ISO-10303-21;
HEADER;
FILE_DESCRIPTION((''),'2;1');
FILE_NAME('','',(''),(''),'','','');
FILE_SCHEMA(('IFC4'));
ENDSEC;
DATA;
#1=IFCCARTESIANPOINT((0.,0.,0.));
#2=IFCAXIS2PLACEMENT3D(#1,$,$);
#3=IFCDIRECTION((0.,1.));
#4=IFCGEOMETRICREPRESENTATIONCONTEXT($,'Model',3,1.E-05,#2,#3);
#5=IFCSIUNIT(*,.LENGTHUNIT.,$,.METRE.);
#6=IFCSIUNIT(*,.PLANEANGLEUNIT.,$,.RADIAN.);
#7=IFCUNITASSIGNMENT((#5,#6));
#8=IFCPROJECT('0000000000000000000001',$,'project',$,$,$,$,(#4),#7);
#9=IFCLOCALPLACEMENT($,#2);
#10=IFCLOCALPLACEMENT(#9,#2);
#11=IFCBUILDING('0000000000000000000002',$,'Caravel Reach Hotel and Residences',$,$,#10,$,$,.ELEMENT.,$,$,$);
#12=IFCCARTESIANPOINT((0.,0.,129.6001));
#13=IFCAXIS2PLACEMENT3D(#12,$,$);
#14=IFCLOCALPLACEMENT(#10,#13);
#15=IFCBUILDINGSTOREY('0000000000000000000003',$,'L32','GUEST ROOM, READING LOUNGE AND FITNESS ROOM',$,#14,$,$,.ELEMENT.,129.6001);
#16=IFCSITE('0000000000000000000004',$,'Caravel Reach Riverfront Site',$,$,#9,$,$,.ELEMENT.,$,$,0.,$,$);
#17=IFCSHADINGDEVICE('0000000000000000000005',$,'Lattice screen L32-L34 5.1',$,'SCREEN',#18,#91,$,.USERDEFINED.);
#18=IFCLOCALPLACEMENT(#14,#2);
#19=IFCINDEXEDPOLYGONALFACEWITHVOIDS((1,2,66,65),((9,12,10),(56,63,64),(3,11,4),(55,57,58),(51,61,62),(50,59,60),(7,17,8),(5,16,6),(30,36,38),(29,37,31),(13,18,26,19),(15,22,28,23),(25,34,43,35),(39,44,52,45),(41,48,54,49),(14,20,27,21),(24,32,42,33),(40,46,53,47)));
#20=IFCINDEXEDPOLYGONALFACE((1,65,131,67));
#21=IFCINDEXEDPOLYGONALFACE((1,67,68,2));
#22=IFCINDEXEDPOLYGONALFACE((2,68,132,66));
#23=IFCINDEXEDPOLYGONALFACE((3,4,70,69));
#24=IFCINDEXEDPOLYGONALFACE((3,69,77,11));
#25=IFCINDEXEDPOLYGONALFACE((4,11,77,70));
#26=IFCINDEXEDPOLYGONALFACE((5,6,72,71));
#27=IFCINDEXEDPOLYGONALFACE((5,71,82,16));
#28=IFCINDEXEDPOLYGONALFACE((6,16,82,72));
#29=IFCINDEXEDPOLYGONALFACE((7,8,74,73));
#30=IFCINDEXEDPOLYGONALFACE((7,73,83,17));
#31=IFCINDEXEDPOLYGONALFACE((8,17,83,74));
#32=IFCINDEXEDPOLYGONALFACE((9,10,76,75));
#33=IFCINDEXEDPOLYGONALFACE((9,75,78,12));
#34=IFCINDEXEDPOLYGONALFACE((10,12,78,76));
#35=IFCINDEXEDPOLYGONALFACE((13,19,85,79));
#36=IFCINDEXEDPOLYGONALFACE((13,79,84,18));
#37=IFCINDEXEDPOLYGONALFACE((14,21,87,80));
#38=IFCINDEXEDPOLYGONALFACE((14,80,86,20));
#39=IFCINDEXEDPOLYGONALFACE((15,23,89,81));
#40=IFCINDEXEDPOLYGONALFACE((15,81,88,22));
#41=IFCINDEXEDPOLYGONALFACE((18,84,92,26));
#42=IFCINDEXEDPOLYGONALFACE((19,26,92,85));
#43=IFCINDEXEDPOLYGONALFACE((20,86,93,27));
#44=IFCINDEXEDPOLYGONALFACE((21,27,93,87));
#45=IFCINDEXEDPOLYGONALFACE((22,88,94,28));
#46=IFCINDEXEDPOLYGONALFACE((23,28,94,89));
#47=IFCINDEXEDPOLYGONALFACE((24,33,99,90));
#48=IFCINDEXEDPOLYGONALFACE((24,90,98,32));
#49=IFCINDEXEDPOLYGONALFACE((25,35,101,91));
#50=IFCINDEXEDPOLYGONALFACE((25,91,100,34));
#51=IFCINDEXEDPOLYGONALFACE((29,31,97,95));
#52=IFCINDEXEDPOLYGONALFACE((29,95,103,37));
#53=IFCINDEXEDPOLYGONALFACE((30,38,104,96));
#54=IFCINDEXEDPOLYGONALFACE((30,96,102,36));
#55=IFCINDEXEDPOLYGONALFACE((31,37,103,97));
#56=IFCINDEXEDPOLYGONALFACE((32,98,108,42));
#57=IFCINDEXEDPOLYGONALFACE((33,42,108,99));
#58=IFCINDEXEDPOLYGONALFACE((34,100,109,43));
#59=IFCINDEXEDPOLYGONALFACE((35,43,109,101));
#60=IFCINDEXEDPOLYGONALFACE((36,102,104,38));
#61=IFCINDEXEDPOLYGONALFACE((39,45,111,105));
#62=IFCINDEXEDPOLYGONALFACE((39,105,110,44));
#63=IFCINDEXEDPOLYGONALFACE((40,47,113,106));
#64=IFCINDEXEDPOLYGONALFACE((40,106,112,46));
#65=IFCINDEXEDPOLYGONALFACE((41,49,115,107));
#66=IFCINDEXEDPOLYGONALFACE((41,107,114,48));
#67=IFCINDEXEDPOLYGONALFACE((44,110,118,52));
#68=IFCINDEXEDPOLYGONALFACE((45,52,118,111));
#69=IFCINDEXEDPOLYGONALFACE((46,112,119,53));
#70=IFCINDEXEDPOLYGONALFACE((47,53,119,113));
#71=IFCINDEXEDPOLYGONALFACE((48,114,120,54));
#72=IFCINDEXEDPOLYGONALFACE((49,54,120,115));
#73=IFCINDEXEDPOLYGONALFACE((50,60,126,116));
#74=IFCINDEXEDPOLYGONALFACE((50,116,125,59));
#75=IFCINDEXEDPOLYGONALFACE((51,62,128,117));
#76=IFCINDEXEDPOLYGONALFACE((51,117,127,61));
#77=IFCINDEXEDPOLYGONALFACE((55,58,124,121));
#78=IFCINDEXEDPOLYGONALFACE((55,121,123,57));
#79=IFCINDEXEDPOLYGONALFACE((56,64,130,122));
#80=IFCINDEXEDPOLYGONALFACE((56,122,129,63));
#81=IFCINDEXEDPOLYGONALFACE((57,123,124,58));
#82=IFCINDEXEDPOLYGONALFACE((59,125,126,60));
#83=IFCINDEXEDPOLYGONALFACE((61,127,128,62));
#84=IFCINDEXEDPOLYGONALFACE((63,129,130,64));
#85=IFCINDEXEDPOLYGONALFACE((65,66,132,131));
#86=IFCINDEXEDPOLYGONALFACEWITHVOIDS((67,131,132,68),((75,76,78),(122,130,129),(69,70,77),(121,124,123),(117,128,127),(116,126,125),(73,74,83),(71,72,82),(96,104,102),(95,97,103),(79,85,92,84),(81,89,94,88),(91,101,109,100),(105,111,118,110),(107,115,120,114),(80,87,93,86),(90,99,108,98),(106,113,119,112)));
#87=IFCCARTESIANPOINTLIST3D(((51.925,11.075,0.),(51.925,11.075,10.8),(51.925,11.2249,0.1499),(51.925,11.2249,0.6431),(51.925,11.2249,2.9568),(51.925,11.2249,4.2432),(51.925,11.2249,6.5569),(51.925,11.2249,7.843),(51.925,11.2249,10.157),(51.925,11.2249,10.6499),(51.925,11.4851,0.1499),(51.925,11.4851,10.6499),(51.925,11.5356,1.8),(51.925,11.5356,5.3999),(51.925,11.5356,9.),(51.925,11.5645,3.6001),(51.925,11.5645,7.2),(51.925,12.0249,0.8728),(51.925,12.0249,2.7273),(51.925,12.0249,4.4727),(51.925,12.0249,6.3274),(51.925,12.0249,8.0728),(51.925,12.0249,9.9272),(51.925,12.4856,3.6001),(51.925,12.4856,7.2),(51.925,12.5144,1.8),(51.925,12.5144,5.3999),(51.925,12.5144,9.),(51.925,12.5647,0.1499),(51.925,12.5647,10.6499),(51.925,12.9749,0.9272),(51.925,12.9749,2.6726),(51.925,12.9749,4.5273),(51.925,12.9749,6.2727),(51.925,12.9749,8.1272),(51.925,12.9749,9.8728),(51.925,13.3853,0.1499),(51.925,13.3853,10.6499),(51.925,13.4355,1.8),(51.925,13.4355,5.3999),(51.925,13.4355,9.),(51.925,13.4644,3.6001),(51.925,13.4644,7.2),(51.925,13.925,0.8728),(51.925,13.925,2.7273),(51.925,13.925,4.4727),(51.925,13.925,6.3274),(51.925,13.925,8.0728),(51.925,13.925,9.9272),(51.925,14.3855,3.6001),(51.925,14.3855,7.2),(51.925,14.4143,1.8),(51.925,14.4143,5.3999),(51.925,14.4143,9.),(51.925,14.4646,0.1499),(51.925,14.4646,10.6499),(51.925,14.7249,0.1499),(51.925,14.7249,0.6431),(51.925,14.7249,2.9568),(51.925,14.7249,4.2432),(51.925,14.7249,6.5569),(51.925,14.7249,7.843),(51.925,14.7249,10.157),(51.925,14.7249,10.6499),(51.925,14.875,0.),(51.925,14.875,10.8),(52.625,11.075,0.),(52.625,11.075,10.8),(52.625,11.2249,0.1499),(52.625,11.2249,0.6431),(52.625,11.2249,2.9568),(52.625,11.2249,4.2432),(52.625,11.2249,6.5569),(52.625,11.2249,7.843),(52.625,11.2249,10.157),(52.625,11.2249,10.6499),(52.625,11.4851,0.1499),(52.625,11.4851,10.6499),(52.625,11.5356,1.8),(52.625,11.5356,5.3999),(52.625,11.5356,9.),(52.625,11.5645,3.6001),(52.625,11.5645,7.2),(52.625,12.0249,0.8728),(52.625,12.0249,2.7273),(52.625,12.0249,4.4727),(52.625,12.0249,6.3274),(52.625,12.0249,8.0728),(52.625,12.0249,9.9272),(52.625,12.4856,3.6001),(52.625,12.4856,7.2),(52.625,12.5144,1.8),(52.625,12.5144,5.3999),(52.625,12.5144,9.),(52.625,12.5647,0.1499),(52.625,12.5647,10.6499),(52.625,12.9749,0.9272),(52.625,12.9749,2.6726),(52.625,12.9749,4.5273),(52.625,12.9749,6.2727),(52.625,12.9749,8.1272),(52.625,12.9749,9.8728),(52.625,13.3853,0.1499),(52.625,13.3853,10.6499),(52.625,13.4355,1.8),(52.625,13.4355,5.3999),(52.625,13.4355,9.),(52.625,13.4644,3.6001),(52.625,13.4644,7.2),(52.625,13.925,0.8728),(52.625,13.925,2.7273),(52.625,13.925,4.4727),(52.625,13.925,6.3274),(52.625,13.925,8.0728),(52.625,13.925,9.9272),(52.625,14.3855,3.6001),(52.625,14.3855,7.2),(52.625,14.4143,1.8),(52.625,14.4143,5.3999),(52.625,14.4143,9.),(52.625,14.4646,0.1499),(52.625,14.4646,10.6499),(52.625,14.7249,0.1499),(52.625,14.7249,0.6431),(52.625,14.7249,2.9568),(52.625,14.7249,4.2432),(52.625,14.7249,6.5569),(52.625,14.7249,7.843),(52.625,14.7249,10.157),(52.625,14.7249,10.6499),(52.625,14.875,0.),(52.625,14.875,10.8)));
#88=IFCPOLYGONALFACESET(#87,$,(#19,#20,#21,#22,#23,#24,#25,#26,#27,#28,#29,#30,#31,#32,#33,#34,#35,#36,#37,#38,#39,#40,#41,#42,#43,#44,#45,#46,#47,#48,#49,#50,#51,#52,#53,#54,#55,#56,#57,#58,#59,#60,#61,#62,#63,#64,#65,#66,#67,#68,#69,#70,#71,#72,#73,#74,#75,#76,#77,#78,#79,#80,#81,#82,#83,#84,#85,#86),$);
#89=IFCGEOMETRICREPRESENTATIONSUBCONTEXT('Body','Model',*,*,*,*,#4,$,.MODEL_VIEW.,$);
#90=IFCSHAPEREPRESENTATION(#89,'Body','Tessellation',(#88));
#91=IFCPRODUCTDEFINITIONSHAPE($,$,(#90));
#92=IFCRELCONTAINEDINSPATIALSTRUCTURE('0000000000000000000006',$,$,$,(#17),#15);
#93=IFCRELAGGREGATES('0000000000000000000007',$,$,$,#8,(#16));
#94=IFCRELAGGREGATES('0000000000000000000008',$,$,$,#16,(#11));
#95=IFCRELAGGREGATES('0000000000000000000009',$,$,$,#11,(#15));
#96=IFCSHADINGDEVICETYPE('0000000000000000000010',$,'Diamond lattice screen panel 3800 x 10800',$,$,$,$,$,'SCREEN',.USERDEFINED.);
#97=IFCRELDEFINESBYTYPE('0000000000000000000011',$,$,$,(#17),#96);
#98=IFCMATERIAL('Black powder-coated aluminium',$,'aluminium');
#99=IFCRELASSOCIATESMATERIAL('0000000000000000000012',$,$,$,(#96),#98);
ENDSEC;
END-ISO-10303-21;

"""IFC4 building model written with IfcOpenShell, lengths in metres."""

from ifc_helpers import new_model, si_unit, direction, frame, origin, place, context, subcontext, project, spatial, polyline, outline, extrude, material, type_object, element, save


model = new_model("IFC4")

# Units and contexts
model_context = context("Model", 3, precision=1e-05, world=origin(), true_north=direction((0.0, 1.0)))
body_context = subcontext(model_context, "Body", "Model", "MODEL_VIEW")
ifc_project = project(units=[si_unit("LENGTHUNIT", "METRE"), si_unit("PLANEANGLEUNIT", "RADIAN")], contexts=[model_context])

# Site, building, storey
site_placement = place(None, origin())
site = spatial("IfcSite", under=ifc_project, at=site_placement, Name="Caravel Reach Riverfront Site", CompositionType="ELEMENT", RefElevation=0.0)
building_placement = place(site_placement, origin())
building = spatial("IfcBuilding", under=site, at=building_placement, Name="Caravel Reach Hotel and Residences", CompositionType="ELEMENT")
storey_placement = place(building_placement, frame((0.0, 0.0, 129.6001)))
storey = spatial("IfcBuildingStorey", under=building, at=storey_placement, Name="L32", Description="GUEST ROOM, READING LOUNGE AND FITNESS ROOM", CompositionType="ELEMENT", Elevation=129.6001)

# Shading device
ifc_material_1 = material(Name="Black powder-coated aluminium", Category="aluminium")
shading_device_type_1 = type_object("IfcShadingDeviceType", Name="Diamond lattice screen panel 3800 x 10800", ElementType="SCREEN", PredefinedType="USERDEFINED", material=ifc_material_1)
shading_device_1_placement = place(storey_placement, frame((51.925, 11.075, 0.0), z_axis=(1.0, 0.0, 0.0), x_axis=(0.0, 1.0, 0.0)))
element("IfcShadingDevice", 1, at=shading_device_1_placement, inside=storey, type_object=shading_device_type_1, Name="Lattice screen L32-L34 5.1", ObjectType="SCREEN", PredefinedType="USERDEFINED", context=body_context, shape_type="SweptSolid", body=[
    extrude(outline(polyline([(0.0, 0.0), (3.8, 0.0), (3.8, 10.8), (0.0, 10.8), (0.0, 0.0)]), holes=[polyline([(0.4102, 0.1499), (0.1499, 0.6431), (0.1499, 0.1499), (0.4102, 0.1499)]), polyline([(0.4895, 3.6001), (0.1499, 4.2432), (0.1499, 2.9568), (0.4895, 3.6001)]), polyline([(0.4895, 7.2), (0.1499, 7.843), (0.1499, 6.5569), (0.4895, 7.2)]), polyline([(0.1499, 10.157), (0.4102, 10.6499), (0.1499, 10.6499), (0.1499, 10.157)]), polyline([(0.95, 2.7273), (0.4607, 1.8), (0.95, 0.8728), (1.4395, 1.8), (0.95, 2.7273)]), polyline([(0.95, 6.3274), (0.4607, 5.3999), (0.95, 4.4727), (1.4395, 5.3999), (0.95, 6.3274)]), polyline([(0.95, 9.9272), (0.4607, 9.0), (0.95, 8.0728), (1.4395, 9.0), (0.95, 9.9272)]), polyline([(1.8999, 0.9272), (1.4897, 0.1499), (2.3103, 0.1499), (1.8999, 0.9272)]), polyline([(1.8999, 4.5273), (1.4106, 3.6001), (1.8999, 2.6726), (2.3894, 3.6001), (1.8999, 4.5273)]), polyline([(1.8999, 8.1272), (1.4106, 7.2), (1.8999, 6.2727), (2.3894, 7.2), (1.8999, 8.1272)]), polyline([(1.8999, 9.8728), (2.3103, 10.6499), (1.4897, 10.6499), (1.8999, 9.8728)]), polyline([(2.8501, 2.7273), (2.3606, 1.8), (2.8501, 0.8728), (3.3394, 1.8), (2.8501, 2.7273)]), polyline([(2.8501, 6.3274), (2.3606, 5.3999), (2.8501, 4.4727), (3.3394, 5.3999), (2.8501, 6.3274)]), polyline([(2.8501, 9.9272), (2.3606, 9.0), (2.8501, 8.0728), (3.3394, 9.0), (2.8501, 9.9272)]), polyline([(3.6499, 0.6431), (3.3896, 0.1499), (3.6499, 0.1499), (3.6499, 0.6431)]), polyline([(3.3105, 3.6001), (3.6499, 2.9568), (3.6499, 4.2432), (3.3105, 3.6001)]), polyline([(3.3105, 7.2), (3.6499, 6.5569), (3.6499, 7.843), (3.3105, 7.2)]), polyline([(3.3896, 10.6499), (3.6499, 10.157), (3.6499, 10.6499), (3.3896, 10.6499)])]), origin(), (0.0, 0.0, 1.0), 0.7),
])

save(model, "model.ifc")
